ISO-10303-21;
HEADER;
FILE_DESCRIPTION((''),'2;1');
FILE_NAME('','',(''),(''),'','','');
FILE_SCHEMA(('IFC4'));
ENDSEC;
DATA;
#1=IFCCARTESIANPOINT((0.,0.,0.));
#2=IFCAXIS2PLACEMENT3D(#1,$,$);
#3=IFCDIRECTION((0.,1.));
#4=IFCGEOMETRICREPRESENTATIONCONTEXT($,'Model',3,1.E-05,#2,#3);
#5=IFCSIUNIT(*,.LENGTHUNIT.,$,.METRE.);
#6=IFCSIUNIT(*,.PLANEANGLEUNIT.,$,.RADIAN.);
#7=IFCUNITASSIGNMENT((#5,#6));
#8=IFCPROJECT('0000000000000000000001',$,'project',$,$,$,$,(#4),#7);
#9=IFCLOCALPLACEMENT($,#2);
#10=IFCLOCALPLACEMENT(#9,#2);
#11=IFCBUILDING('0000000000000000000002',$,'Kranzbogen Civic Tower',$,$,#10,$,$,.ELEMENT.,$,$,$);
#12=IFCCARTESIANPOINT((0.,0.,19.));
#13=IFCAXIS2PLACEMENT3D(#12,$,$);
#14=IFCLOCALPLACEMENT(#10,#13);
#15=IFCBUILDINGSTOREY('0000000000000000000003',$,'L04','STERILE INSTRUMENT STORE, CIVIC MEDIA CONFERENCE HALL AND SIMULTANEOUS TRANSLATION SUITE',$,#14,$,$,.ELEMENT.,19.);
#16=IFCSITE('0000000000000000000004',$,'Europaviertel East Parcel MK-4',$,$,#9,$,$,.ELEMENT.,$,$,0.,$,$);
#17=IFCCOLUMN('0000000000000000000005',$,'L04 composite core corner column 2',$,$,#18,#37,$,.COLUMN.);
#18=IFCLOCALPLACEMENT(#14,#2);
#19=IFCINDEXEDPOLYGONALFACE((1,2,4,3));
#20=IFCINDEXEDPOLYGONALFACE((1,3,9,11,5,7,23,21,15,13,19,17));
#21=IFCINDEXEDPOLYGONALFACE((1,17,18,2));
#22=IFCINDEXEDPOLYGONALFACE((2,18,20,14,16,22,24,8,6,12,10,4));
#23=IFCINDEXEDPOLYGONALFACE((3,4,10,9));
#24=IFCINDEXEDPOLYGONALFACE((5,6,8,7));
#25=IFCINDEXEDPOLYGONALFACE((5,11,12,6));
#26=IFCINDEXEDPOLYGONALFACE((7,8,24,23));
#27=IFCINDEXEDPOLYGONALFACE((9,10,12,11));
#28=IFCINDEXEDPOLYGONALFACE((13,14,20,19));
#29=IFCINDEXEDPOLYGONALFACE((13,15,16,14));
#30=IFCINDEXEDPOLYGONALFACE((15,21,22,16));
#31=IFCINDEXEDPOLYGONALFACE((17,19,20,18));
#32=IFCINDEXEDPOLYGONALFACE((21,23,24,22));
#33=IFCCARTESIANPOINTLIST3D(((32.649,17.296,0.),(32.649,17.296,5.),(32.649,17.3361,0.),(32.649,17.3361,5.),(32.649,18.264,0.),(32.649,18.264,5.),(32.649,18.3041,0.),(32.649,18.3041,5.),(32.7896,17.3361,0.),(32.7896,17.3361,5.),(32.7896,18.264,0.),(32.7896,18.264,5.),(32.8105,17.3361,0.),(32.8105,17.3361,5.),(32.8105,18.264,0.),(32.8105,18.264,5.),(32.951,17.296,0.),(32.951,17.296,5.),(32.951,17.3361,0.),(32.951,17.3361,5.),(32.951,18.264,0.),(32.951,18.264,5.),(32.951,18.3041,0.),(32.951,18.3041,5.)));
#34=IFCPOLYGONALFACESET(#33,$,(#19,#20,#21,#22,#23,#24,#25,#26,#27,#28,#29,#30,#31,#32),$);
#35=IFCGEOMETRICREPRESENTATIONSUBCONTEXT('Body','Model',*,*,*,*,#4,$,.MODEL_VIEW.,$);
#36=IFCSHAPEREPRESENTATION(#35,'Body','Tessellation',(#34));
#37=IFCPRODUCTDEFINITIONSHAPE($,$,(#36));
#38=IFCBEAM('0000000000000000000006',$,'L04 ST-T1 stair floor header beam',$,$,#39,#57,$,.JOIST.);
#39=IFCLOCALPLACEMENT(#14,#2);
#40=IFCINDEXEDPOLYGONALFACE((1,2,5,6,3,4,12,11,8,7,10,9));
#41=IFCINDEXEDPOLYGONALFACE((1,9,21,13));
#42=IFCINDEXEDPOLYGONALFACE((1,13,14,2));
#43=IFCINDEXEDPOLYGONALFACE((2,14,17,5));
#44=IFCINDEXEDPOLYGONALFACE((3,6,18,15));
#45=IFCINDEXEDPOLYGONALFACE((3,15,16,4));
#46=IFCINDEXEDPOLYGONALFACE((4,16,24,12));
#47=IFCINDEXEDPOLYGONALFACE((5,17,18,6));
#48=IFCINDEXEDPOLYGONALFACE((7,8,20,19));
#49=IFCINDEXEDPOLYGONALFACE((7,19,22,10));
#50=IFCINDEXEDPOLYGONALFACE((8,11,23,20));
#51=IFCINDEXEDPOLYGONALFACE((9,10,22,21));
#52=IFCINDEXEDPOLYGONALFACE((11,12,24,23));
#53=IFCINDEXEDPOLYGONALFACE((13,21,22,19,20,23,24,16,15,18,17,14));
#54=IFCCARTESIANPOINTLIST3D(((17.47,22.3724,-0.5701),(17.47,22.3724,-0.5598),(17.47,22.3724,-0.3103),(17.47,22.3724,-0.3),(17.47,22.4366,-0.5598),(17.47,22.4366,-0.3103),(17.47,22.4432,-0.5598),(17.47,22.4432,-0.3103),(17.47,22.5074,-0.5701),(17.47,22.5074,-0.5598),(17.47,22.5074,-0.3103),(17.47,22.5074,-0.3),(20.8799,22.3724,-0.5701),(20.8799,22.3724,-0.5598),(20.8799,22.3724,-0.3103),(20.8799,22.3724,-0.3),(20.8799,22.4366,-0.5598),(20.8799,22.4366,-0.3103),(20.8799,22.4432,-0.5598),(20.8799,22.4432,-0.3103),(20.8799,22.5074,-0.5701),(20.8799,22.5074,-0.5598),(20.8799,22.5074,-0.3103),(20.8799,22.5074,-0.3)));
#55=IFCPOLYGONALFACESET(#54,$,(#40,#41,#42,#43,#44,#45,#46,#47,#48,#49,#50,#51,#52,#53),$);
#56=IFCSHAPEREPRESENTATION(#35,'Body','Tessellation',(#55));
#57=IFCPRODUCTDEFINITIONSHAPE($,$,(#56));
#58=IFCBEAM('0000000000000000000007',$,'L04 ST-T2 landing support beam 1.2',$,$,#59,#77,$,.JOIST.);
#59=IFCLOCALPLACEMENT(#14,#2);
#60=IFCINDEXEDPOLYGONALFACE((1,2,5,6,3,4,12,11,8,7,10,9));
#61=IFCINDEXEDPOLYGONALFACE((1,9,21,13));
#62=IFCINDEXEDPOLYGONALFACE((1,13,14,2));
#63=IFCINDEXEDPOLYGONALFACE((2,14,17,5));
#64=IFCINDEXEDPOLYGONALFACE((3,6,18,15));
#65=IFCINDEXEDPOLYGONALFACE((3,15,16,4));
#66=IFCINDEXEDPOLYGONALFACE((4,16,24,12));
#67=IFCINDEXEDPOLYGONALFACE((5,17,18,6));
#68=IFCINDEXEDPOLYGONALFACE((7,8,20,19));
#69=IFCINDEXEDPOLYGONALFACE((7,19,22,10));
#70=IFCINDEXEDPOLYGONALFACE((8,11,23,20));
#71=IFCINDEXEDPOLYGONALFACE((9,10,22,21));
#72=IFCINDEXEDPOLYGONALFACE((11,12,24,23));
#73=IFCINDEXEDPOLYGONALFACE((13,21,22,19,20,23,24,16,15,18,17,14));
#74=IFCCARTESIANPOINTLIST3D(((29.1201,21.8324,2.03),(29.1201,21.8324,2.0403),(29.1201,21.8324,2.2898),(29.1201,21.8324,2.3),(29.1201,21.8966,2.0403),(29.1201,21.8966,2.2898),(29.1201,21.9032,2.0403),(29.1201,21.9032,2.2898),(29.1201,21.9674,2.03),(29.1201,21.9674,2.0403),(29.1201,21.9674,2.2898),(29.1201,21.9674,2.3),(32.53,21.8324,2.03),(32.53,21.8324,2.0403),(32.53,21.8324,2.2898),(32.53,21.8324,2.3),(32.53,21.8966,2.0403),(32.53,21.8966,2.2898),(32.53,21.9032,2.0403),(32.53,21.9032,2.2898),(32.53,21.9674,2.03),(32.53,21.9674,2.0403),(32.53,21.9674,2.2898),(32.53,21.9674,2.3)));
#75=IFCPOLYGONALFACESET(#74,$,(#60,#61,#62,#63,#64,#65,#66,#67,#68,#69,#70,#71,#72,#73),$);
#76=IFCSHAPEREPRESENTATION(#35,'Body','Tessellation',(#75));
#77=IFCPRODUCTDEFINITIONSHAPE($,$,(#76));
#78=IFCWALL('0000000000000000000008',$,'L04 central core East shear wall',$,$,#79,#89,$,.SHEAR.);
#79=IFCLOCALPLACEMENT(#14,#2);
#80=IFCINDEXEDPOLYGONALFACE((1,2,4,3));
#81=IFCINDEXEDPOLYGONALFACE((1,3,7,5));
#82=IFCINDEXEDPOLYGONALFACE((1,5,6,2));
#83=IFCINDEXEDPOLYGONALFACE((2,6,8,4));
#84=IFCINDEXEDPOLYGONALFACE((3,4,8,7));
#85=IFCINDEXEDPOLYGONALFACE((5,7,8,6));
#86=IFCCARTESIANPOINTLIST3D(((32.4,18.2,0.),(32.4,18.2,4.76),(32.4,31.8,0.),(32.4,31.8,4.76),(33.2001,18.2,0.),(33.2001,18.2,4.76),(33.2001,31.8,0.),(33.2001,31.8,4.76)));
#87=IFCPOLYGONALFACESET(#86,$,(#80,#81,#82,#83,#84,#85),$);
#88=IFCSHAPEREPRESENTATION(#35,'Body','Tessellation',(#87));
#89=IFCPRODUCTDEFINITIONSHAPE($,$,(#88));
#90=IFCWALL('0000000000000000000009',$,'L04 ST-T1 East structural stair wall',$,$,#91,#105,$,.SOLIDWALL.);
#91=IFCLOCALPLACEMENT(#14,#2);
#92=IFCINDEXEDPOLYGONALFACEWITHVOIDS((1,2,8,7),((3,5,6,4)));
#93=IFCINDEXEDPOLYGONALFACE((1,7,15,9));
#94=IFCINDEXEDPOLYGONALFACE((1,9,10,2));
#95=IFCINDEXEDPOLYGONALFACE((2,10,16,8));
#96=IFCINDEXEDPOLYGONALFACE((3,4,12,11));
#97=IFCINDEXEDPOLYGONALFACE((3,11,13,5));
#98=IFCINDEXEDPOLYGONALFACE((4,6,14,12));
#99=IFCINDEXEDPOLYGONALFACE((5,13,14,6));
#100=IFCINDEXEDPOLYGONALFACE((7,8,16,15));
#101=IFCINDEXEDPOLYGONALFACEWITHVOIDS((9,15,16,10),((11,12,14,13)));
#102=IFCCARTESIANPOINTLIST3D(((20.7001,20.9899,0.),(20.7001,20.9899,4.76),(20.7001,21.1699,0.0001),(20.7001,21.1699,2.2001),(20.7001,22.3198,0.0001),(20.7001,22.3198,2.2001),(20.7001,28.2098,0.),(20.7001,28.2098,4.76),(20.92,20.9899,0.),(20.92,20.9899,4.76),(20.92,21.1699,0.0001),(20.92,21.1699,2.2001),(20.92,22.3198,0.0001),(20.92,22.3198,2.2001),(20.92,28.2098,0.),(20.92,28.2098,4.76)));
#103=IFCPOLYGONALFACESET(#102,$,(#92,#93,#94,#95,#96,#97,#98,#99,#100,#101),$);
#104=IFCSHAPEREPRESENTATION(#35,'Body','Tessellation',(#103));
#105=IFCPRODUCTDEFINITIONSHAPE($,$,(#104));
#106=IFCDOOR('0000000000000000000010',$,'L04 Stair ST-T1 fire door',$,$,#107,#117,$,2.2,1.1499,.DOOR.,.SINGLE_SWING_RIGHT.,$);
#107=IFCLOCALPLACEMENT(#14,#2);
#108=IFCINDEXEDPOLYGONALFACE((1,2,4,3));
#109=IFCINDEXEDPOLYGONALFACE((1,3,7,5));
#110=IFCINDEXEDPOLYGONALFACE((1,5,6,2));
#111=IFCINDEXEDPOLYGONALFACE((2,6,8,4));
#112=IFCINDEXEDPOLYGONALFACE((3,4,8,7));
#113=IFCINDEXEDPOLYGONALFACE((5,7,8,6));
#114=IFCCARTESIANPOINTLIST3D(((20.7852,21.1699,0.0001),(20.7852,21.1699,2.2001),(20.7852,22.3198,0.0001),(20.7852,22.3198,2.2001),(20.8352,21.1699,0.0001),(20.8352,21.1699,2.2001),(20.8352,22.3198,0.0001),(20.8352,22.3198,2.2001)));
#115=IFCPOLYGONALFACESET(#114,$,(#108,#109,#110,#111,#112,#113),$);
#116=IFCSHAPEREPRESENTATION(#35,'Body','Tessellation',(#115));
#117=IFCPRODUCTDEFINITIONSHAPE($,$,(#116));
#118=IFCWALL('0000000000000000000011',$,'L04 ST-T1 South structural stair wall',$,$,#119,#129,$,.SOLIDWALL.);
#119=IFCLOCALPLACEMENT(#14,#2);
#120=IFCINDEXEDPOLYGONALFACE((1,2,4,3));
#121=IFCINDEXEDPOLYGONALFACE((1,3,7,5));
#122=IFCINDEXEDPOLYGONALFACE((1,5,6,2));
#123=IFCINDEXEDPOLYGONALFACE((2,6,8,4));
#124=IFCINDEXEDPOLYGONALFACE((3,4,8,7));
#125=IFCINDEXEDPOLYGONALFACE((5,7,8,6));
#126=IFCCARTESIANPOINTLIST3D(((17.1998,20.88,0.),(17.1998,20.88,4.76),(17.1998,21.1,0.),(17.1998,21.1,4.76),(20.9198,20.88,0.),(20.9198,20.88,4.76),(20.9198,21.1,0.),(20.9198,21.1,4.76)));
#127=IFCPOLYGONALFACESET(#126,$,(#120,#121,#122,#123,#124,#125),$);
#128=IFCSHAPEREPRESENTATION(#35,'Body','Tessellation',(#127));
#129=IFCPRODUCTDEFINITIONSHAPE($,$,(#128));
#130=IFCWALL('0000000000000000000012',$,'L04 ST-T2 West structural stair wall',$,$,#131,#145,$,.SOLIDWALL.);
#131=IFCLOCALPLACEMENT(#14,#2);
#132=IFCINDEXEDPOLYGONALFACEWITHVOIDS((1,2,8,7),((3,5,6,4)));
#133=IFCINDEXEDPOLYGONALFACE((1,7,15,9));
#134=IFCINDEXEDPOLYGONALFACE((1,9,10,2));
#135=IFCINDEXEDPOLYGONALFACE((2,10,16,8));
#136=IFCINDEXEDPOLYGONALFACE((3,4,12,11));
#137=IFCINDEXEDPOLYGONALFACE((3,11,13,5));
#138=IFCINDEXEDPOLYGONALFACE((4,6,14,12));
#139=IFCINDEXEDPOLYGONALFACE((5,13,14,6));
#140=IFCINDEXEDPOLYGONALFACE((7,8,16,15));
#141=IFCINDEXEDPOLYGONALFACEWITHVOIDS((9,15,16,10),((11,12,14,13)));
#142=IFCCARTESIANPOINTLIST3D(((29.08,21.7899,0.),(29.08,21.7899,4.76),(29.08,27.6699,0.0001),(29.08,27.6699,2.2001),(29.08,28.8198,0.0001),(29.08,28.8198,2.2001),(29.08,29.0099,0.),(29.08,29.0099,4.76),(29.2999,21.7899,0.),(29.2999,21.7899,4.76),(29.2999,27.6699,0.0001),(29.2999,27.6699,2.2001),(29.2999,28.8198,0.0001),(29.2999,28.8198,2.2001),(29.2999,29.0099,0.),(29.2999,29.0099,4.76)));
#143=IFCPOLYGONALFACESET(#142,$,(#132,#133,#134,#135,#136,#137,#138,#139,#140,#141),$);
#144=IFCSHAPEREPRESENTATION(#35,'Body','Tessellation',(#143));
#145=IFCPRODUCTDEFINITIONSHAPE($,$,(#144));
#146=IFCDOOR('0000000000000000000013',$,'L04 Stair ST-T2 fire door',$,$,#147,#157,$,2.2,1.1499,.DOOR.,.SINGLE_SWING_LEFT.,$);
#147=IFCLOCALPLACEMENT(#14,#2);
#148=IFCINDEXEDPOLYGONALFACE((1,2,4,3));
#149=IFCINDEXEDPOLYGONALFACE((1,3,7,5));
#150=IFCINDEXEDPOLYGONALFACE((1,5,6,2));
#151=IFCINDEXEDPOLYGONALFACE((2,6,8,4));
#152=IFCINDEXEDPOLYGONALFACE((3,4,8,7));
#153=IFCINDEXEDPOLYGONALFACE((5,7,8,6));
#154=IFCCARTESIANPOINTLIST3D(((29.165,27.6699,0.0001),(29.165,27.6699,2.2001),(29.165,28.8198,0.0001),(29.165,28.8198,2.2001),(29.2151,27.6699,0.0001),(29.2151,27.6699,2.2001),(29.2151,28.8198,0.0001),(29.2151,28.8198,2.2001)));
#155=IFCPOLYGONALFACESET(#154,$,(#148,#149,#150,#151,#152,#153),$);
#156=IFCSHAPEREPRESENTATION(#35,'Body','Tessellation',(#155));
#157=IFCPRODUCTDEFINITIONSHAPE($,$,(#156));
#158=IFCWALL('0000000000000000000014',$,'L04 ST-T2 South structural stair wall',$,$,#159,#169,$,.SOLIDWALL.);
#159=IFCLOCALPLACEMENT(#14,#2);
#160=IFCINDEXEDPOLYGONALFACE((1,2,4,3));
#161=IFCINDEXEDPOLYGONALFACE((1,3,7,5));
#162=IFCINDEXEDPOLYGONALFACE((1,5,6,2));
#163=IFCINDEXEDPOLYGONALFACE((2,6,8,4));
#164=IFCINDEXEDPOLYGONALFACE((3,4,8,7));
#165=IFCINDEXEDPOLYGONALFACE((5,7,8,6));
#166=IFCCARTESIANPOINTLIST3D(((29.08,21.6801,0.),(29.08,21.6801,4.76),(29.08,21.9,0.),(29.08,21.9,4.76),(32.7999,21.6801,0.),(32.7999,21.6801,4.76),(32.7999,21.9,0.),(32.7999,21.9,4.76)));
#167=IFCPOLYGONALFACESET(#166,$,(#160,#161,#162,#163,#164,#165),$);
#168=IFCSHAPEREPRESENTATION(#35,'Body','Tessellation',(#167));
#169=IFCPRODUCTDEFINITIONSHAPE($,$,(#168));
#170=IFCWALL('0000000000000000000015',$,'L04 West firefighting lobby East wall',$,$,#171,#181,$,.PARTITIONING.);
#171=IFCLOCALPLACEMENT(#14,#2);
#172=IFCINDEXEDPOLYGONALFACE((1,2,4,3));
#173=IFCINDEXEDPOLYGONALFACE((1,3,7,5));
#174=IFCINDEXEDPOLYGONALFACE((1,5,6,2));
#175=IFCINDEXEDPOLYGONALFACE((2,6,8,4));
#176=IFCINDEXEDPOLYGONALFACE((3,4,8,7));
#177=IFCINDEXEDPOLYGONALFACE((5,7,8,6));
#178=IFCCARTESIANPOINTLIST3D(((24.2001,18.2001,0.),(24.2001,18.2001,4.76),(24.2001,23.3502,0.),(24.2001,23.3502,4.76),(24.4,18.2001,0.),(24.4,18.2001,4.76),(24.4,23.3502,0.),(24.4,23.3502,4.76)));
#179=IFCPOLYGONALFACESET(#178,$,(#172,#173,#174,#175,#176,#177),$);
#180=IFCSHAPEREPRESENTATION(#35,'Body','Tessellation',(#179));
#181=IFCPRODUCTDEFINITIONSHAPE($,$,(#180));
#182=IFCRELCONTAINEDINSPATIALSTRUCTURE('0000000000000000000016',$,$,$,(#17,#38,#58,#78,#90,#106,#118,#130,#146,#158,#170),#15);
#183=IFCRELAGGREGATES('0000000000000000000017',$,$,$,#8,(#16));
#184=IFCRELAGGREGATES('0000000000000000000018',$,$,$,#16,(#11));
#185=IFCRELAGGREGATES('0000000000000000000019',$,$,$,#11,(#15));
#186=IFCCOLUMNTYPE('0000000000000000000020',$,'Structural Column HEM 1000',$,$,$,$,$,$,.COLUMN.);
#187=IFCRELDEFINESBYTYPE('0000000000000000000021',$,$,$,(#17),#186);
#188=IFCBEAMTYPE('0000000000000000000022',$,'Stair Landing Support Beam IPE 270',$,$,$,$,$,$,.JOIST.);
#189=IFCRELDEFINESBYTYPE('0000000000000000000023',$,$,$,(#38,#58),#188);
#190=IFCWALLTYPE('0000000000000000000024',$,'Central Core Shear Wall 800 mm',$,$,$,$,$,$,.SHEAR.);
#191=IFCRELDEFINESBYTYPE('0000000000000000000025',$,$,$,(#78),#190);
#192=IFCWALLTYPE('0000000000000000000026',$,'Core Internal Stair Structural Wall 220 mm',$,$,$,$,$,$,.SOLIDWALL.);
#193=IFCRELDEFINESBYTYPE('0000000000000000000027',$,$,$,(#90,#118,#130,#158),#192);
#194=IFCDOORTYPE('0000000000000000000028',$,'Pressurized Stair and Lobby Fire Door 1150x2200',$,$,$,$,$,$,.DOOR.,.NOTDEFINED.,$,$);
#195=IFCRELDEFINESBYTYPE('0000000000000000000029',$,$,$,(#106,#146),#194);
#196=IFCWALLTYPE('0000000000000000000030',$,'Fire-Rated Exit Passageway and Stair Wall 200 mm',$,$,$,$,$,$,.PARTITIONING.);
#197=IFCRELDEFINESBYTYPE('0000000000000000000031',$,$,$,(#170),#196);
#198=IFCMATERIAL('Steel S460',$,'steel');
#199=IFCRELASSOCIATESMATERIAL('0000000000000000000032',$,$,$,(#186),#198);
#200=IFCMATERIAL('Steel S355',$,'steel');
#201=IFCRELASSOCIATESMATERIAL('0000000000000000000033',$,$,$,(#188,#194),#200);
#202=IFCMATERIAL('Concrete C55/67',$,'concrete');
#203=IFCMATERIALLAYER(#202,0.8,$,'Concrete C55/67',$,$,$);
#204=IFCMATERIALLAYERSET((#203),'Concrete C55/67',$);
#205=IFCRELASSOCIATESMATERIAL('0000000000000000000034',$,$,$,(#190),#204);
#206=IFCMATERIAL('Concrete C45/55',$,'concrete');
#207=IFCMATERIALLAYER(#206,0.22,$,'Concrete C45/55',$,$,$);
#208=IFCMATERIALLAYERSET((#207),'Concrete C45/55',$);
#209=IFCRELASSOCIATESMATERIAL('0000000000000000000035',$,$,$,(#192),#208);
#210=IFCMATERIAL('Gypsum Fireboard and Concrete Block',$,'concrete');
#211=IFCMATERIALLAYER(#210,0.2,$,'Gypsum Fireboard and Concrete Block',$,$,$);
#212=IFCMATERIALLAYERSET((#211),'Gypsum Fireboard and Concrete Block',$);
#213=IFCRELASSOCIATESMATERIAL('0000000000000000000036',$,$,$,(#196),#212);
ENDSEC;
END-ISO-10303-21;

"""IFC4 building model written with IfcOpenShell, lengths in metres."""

from ifc_helpers import new_model, si_unit, direction, frame, frame_2d, origin, origin_2d, place, context, subcontext, project, spatial, rectangle, i_section, extrude, material, layer, layer_set, material_profile, profile_set, type_object, element, fill, save


model = new_model("IFC4")

# Units and contexts
model_context = context("Model", 3, precision=1e-05, world=origin(), true_north=direction((0.0, 1.0)))
body_context = subcontext(model_context, "Body", "Model", "MODEL_VIEW")
ifc_project = project(units=[si_unit("LENGTHUNIT", "METRE"), si_unit("PLANEANGLEUNIT", "RADIAN")], contexts=[model_context])

# Site, building, storey
site_placement = place(None, origin())
site = spatial("IfcSite", under=ifc_project, at=site_placement, Name="Europaviertel East Parcel MK-4", CompositionType="ELEMENT", RefElevation=0.0)
building_placement = place(site_placement, origin())
building = spatial("IfcBuilding", under=site, at=building_placement, Name="Kranzbogen Civic Tower", CompositionType="ELEMENT")
storey_placement = place(building_placement, frame((0.0, 0.0, 19.0)))
storey = spatial("IfcBuildingStorey", under=building, at=storey_placement, Name="L04", Description="STERILE INSTRUMENT STORE, CIVIC MEDIA CONFERENCE HALL AND SIMULTANEOUS TRANSLATION SUITE", CompositionType="ELEMENT", Elevation=19.0)

# Column
ifc_material_1 = material(Name="Steel S460", Category="steel")
ifc_material_profile_1 = material_profile(ifc_material_1, i_section(OverallWidth=0.302, OverallDepth=1.0081, WebThickness=0.021, FlangeThickness=0.04, at=origin_2d()), Name="HEM 1000")
ifc_profile_set_1 = profile_set([ifc_material_profile_1], Name="Steel S460")
column_type = type_object("IfcColumnType", Name="Structural Column HEM 1000", PredefinedType="COLUMN", material=ifc_profile_set_1)
column_placement = place(storey_placement, frame((32.8, 17.8, 0.0), z_axis=(0.0, 0.0, 1.0), x_axis=(1.0, 0.0, 0.0)))
element("IfcColumn", 1, at=column_placement, inside=storey, type_object=column_type, Name="L04 composite core corner column 2", PredefinedType="COLUMN", context=body_context, shape_type="SweptSolid", body=[
    extrude(i_section(OverallWidth=0.302, OverallDepth=1.0081, WebThickness=0.021, FlangeThickness=0.04, at=origin_2d()), origin(), (0.0, 0.0, 1.0), 5.0),
])

# Beams
ifc_material_2 = material(Name="Steel S355", Category="steel")
ifc_material_profile_2 = material_profile(ifc_material_2, i_section(OverallWidth=0.135, OverallDepth=0.27, WebThickness=0.0066, FlangeThickness=0.0103, at=origin_2d()), Name="IPE 270")
ifc_profile_set_2 = profile_set([ifc_material_profile_2], Name="Steel S355")
beam_type = type_object("IfcBeamType", Name="Stair Landing Support Beam IPE 270", PredefinedType="JOIST", material=ifc_profile_set_2)
for number, where, z_axis, x_axis, name in (
    (2, (20.8799, 22.4399, -0.4351), (-1.0, 0.0, 0.0), (0.0, -1.0, 0.0), "L04 ST-T1 stair floor header beam"),
    (3, (29.1201, 21.8999, 2.165), (1.0, 0.0, 0.0), (0.0, 1.0, 0.0), "L04 ST-T2 landing support beam 1.2"),
):
    element("IfcBeam", number, at=place(storey_placement, frame(where, z_axis=z_axis, x_axis=x_axis)), inside=storey, type_object=beam_type, Name=name, PredefinedType="JOIST", context=body_context, shape_type="SweptSolid", body=[
        extrude(i_section(OverallWidth=0.135, OverallDepth=0.27, WebThickness=0.0066, FlangeThickness=0.0103, at=origin_2d()), origin(), (0.0, 0.0, 1.0), 3.4099),
    ])

# Wall
ifc_material_3 = material(Name="Concrete C55/67", Category="concrete")
ifc_layer_1 = layer(ifc_material_3, 0.8, Name="Concrete C55/67")
ifc_layer_set_1 = layer_set([ifc_layer_1], Name="Concrete C55/67")
wall_type_1 = type_object("IfcWallType", Name="Central Core Shear Wall 800 mm", PredefinedType="SHEAR", material=ifc_layer_set_1)
wall_1_placement = place(storey_placement, frame((32.8, 18.2, 0.0), z_axis=(0.0, 0.0, 1.0), x_axis=(0.0, 1.0, 0.0)))
element("IfcWall", 4, at=wall_1_placement, inside=storey, type_object=wall_type_1, Name="L04 central core East shear wall", PredefinedType="SHEAR", context=body_context, shape_type="SweptSolid", body=[
    extrude(rectangle(XDim=13.6001, YDim=0.8, at=frame_2d((6.8, 0.0))), origin(), (0.0, 0.0, 1.0), 4.76),
])

# Wall, opening, door
ifc_material_4 = material(Name="Concrete C45/55", Category="concrete")
ifc_layer_2 = layer(ifc_material_4, 0.22, Name="Concrete C45/55")
ifc_layer_set_2 = layer_set([ifc_layer_2], Name="Concrete C45/55")
wall_type_2 = type_object("IfcWallType", Name="Core Internal Stair Structural Wall 220 mm", PredefinedType="SOLIDWALL", material=ifc_layer_set_2)
wall_2_placement = place(storey_placement, frame((20.8101, 20.99, 0.0), z_axis=(0.0, 0.0, 1.0), x_axis=(0.0, 1.0, 0.0)))
wall_2 = element("IfcWall", 5, at=wall_2_placement, inside=storey, type_object=wall_type_2, Name="L04 ST-T1 East structural stair wall", PredefinedType="SOLIDWALL", context=body_context, shape_type="SweptSolid", body=[
    extrude(rectangle(XDim=7.22, YDim=0.22, at=frame_2d((3.6099, 0.0))), origin(), (0.0, 0.0, 1.0), 4.76),
])
opening_1_placement = place(wall_2_placement, frame((0.1799, 0.0, 0.0)))
opening_1 = element("IfcOpeningElement", 6, at=opening_1_placement, cuts=wall_2, PredefinedType="OPENING", context=body_context, shape_type="SweptSolid", body=[
    extrude(rectangle(XDim=1.1499, YDim=2.2, at=frame_2d((0.575, 1.1001))), frame((0.0, 0.1201, 0.0), z_axis=(0.0, -1.0, 0.0), x_axis=(1.0, 0.0, 0.0)), (0.0, 0.0, 1.0), 0.24),
])
door_type_1 = type_object("IfcDoorType", Name="Pressurized Stair and Lobby Fire Door 1150x2200", OperationType="NOTDEFINED", PredefinedType="DOOR", material=ifc_material_2)
door_1_placement = place(opening_1_placement, origin())
door_1 = element("IfcDoor", 7, at=door_1_placement, inside=storey, type_object=door_type_1, Name="L04 Stair ST-T1 fire door", OperationType="SINGLE_SWING_RIGHT", OverallHeight=2.2, OverallWidth=1.1499, PredefinedType="DOOR", context=body_context, shape_type="SweptSolid", body=[
    extrude(rectangle(XDim=1.1499, YDim=2.2, at=frame_2d((0.575, 1.1001))), frame((0.0, 0.0249, 0.0), z_axis=(0.0, -1.0, 0.0), x_axis=(1.0, 0.0, 0.0)), (0.0, 0.0, 1.0), 0.05),
])
fill(opening_1, door_1)

# Wall
wall_3_placement = place(storey_placement, frame((17.2, 20.99, 0.0), z_axis=(0.0, 0.0, 1.0), x_axis=(1.0, 0.0, 0.0)))
element("IfcWall", 8, at=wall_3_placement, inside=storey, type_object=wall_type_2, Name="L04 ST-T1 South structural stair wall", PredefinedType="SOLIDWALL", context=body_context, shape_type="SweptSolid", body=[
    extrude(rectangle(XDim=3.72, YDim=0.22, at=frame_2d((1.8599, 0.0))), origin(), (0.0, 0.0, 1.0), 4.76),
])

# Wall, opening, door
wall_4_placement = place(storey_placement, frame((29.1899, 21.79, 0.0), z_axis=(0.0, 0.0, 1.0), x_axis=(0.0, 1.0, 0.0)))
wall_4 = element("IfcWall", 9, at=wall_4_placement, inside=storey, type_object=wall_type_2, Name="L04 ST-T2 West structural stair wall", PredefinedType="SOLIDWALL", context=body_context, shape_type="SweptSolid", body=[
    extrude(rectangle(XDim=7.22, YDim=0.22, at=frame_2d((3.6099, 0.0))), origin(), (0.0, 0.0, 1.0), 4.76),
])
opening_2_placement = place(wall_4_placement, frame((5.8799, 0.0, 0.0)))
opening_2 = element("IfcOpeningElement", 10, at=opening_2_placement, cuts=wall_4, PredefinedType="OPENING", context=body_context, shape_type="SweptSolid", body=[
    extrude(rectangle(XDim=1.1499, YDim=2.2, at=frame_2d((0.575, 1.1001))), frame((0.0, 0.1201, 0.0), z_axis=(0.0, -1.0, 0.0), x_axis=(1.0, 0.0, 0.0)), (0.0, 0.0, 1.0), 0.24),
])
door_2_placement = place(opening_2_placement, origin())
door_2 = element("IfcDoor", 11, at=door_2_placement, inside=storey, type_object=door_type_1, Name="L04 Stair ST-T2 fire door", OperationType="SINGLE_SWING_LEFT", OverallHeight=2.2, OverallWidth=1.1499, PredefinedType="DOOR", context=body_context, shape_type="SweptSolid", body=[
    extrude(rectangle(XDim=1.1499, YDim=2.2, at=frame_2d((0.575, 1.1001))), frame((0.0, 0.0249, 0.0), z_axis=(0.0, -1.0, 0.0), x_axis=(1.0, 0.0, 0.0)), (0.0, 0.0, 1.0), 0.05),
])
fill(opening_2, door_2)

# Walls
wall_5_placement = place(storey_placement, frame((29.0801, 21.79, 0.0), z_axis=(0.0, 0.0, 1.0), x_axis=(1.0, 0.0, 0.0)))
element("IfcWall", 12, at=wall_5_placement, inside=storey, type_object=wall_type_2, Name="L04 ST-T2 South structural stair wall", PredefinedType="SOLIDWALL", context=body_context, shape_type="SweptSolid", body=[
    extrude(rectangle(XDim=3.72, YDim=0.22, at=frame_2d((1.8599, 0.0))), origin(), (0.0, 0.0, 1.0), 4.76),
])
ifc_material_5 = material(Name="Gypsum Fireboard and Concrete Block", Category="concrete")
ifc_layer_3 = layer(ifc_material_5, 0.2, Name="Gypsum Fireboard and Concrete Block")
ifc_layer_set_3 = layer_set([ifc_layer_3], Name="Gypsum Fireboard and Concrete Block")
wall_type_3 = type_object("IfcWallType", Name="Fire-Rated Exit Passageway and Stair Wall 200 mm", PredefinedType="PARTITIONING", material=ifc_layer_set_3)
wall_6_placement = place(storey_placement, frame((24.3, 18.2, 0.0), z_axis=(0.0, 0.0, 1.0), x_axis=(0.0, 1.0, 0.0)))
element("IfcWall", 13, at=wall_6_placement, inside=storey, type_object=wall_type_3, Name="L04 West firefighting lobby East wall", PredefinedType="PARTITIONING", context=body_context, shape_type="SweptSolid", body=[
    extrude(rectangle(XDim=5.1501, YDim=0.2, at=frame_2d((2.5752, 0.0))), origin(), (0.0, 0.0, 1.0), 4.76),
])

save(model, "model.ifc")
